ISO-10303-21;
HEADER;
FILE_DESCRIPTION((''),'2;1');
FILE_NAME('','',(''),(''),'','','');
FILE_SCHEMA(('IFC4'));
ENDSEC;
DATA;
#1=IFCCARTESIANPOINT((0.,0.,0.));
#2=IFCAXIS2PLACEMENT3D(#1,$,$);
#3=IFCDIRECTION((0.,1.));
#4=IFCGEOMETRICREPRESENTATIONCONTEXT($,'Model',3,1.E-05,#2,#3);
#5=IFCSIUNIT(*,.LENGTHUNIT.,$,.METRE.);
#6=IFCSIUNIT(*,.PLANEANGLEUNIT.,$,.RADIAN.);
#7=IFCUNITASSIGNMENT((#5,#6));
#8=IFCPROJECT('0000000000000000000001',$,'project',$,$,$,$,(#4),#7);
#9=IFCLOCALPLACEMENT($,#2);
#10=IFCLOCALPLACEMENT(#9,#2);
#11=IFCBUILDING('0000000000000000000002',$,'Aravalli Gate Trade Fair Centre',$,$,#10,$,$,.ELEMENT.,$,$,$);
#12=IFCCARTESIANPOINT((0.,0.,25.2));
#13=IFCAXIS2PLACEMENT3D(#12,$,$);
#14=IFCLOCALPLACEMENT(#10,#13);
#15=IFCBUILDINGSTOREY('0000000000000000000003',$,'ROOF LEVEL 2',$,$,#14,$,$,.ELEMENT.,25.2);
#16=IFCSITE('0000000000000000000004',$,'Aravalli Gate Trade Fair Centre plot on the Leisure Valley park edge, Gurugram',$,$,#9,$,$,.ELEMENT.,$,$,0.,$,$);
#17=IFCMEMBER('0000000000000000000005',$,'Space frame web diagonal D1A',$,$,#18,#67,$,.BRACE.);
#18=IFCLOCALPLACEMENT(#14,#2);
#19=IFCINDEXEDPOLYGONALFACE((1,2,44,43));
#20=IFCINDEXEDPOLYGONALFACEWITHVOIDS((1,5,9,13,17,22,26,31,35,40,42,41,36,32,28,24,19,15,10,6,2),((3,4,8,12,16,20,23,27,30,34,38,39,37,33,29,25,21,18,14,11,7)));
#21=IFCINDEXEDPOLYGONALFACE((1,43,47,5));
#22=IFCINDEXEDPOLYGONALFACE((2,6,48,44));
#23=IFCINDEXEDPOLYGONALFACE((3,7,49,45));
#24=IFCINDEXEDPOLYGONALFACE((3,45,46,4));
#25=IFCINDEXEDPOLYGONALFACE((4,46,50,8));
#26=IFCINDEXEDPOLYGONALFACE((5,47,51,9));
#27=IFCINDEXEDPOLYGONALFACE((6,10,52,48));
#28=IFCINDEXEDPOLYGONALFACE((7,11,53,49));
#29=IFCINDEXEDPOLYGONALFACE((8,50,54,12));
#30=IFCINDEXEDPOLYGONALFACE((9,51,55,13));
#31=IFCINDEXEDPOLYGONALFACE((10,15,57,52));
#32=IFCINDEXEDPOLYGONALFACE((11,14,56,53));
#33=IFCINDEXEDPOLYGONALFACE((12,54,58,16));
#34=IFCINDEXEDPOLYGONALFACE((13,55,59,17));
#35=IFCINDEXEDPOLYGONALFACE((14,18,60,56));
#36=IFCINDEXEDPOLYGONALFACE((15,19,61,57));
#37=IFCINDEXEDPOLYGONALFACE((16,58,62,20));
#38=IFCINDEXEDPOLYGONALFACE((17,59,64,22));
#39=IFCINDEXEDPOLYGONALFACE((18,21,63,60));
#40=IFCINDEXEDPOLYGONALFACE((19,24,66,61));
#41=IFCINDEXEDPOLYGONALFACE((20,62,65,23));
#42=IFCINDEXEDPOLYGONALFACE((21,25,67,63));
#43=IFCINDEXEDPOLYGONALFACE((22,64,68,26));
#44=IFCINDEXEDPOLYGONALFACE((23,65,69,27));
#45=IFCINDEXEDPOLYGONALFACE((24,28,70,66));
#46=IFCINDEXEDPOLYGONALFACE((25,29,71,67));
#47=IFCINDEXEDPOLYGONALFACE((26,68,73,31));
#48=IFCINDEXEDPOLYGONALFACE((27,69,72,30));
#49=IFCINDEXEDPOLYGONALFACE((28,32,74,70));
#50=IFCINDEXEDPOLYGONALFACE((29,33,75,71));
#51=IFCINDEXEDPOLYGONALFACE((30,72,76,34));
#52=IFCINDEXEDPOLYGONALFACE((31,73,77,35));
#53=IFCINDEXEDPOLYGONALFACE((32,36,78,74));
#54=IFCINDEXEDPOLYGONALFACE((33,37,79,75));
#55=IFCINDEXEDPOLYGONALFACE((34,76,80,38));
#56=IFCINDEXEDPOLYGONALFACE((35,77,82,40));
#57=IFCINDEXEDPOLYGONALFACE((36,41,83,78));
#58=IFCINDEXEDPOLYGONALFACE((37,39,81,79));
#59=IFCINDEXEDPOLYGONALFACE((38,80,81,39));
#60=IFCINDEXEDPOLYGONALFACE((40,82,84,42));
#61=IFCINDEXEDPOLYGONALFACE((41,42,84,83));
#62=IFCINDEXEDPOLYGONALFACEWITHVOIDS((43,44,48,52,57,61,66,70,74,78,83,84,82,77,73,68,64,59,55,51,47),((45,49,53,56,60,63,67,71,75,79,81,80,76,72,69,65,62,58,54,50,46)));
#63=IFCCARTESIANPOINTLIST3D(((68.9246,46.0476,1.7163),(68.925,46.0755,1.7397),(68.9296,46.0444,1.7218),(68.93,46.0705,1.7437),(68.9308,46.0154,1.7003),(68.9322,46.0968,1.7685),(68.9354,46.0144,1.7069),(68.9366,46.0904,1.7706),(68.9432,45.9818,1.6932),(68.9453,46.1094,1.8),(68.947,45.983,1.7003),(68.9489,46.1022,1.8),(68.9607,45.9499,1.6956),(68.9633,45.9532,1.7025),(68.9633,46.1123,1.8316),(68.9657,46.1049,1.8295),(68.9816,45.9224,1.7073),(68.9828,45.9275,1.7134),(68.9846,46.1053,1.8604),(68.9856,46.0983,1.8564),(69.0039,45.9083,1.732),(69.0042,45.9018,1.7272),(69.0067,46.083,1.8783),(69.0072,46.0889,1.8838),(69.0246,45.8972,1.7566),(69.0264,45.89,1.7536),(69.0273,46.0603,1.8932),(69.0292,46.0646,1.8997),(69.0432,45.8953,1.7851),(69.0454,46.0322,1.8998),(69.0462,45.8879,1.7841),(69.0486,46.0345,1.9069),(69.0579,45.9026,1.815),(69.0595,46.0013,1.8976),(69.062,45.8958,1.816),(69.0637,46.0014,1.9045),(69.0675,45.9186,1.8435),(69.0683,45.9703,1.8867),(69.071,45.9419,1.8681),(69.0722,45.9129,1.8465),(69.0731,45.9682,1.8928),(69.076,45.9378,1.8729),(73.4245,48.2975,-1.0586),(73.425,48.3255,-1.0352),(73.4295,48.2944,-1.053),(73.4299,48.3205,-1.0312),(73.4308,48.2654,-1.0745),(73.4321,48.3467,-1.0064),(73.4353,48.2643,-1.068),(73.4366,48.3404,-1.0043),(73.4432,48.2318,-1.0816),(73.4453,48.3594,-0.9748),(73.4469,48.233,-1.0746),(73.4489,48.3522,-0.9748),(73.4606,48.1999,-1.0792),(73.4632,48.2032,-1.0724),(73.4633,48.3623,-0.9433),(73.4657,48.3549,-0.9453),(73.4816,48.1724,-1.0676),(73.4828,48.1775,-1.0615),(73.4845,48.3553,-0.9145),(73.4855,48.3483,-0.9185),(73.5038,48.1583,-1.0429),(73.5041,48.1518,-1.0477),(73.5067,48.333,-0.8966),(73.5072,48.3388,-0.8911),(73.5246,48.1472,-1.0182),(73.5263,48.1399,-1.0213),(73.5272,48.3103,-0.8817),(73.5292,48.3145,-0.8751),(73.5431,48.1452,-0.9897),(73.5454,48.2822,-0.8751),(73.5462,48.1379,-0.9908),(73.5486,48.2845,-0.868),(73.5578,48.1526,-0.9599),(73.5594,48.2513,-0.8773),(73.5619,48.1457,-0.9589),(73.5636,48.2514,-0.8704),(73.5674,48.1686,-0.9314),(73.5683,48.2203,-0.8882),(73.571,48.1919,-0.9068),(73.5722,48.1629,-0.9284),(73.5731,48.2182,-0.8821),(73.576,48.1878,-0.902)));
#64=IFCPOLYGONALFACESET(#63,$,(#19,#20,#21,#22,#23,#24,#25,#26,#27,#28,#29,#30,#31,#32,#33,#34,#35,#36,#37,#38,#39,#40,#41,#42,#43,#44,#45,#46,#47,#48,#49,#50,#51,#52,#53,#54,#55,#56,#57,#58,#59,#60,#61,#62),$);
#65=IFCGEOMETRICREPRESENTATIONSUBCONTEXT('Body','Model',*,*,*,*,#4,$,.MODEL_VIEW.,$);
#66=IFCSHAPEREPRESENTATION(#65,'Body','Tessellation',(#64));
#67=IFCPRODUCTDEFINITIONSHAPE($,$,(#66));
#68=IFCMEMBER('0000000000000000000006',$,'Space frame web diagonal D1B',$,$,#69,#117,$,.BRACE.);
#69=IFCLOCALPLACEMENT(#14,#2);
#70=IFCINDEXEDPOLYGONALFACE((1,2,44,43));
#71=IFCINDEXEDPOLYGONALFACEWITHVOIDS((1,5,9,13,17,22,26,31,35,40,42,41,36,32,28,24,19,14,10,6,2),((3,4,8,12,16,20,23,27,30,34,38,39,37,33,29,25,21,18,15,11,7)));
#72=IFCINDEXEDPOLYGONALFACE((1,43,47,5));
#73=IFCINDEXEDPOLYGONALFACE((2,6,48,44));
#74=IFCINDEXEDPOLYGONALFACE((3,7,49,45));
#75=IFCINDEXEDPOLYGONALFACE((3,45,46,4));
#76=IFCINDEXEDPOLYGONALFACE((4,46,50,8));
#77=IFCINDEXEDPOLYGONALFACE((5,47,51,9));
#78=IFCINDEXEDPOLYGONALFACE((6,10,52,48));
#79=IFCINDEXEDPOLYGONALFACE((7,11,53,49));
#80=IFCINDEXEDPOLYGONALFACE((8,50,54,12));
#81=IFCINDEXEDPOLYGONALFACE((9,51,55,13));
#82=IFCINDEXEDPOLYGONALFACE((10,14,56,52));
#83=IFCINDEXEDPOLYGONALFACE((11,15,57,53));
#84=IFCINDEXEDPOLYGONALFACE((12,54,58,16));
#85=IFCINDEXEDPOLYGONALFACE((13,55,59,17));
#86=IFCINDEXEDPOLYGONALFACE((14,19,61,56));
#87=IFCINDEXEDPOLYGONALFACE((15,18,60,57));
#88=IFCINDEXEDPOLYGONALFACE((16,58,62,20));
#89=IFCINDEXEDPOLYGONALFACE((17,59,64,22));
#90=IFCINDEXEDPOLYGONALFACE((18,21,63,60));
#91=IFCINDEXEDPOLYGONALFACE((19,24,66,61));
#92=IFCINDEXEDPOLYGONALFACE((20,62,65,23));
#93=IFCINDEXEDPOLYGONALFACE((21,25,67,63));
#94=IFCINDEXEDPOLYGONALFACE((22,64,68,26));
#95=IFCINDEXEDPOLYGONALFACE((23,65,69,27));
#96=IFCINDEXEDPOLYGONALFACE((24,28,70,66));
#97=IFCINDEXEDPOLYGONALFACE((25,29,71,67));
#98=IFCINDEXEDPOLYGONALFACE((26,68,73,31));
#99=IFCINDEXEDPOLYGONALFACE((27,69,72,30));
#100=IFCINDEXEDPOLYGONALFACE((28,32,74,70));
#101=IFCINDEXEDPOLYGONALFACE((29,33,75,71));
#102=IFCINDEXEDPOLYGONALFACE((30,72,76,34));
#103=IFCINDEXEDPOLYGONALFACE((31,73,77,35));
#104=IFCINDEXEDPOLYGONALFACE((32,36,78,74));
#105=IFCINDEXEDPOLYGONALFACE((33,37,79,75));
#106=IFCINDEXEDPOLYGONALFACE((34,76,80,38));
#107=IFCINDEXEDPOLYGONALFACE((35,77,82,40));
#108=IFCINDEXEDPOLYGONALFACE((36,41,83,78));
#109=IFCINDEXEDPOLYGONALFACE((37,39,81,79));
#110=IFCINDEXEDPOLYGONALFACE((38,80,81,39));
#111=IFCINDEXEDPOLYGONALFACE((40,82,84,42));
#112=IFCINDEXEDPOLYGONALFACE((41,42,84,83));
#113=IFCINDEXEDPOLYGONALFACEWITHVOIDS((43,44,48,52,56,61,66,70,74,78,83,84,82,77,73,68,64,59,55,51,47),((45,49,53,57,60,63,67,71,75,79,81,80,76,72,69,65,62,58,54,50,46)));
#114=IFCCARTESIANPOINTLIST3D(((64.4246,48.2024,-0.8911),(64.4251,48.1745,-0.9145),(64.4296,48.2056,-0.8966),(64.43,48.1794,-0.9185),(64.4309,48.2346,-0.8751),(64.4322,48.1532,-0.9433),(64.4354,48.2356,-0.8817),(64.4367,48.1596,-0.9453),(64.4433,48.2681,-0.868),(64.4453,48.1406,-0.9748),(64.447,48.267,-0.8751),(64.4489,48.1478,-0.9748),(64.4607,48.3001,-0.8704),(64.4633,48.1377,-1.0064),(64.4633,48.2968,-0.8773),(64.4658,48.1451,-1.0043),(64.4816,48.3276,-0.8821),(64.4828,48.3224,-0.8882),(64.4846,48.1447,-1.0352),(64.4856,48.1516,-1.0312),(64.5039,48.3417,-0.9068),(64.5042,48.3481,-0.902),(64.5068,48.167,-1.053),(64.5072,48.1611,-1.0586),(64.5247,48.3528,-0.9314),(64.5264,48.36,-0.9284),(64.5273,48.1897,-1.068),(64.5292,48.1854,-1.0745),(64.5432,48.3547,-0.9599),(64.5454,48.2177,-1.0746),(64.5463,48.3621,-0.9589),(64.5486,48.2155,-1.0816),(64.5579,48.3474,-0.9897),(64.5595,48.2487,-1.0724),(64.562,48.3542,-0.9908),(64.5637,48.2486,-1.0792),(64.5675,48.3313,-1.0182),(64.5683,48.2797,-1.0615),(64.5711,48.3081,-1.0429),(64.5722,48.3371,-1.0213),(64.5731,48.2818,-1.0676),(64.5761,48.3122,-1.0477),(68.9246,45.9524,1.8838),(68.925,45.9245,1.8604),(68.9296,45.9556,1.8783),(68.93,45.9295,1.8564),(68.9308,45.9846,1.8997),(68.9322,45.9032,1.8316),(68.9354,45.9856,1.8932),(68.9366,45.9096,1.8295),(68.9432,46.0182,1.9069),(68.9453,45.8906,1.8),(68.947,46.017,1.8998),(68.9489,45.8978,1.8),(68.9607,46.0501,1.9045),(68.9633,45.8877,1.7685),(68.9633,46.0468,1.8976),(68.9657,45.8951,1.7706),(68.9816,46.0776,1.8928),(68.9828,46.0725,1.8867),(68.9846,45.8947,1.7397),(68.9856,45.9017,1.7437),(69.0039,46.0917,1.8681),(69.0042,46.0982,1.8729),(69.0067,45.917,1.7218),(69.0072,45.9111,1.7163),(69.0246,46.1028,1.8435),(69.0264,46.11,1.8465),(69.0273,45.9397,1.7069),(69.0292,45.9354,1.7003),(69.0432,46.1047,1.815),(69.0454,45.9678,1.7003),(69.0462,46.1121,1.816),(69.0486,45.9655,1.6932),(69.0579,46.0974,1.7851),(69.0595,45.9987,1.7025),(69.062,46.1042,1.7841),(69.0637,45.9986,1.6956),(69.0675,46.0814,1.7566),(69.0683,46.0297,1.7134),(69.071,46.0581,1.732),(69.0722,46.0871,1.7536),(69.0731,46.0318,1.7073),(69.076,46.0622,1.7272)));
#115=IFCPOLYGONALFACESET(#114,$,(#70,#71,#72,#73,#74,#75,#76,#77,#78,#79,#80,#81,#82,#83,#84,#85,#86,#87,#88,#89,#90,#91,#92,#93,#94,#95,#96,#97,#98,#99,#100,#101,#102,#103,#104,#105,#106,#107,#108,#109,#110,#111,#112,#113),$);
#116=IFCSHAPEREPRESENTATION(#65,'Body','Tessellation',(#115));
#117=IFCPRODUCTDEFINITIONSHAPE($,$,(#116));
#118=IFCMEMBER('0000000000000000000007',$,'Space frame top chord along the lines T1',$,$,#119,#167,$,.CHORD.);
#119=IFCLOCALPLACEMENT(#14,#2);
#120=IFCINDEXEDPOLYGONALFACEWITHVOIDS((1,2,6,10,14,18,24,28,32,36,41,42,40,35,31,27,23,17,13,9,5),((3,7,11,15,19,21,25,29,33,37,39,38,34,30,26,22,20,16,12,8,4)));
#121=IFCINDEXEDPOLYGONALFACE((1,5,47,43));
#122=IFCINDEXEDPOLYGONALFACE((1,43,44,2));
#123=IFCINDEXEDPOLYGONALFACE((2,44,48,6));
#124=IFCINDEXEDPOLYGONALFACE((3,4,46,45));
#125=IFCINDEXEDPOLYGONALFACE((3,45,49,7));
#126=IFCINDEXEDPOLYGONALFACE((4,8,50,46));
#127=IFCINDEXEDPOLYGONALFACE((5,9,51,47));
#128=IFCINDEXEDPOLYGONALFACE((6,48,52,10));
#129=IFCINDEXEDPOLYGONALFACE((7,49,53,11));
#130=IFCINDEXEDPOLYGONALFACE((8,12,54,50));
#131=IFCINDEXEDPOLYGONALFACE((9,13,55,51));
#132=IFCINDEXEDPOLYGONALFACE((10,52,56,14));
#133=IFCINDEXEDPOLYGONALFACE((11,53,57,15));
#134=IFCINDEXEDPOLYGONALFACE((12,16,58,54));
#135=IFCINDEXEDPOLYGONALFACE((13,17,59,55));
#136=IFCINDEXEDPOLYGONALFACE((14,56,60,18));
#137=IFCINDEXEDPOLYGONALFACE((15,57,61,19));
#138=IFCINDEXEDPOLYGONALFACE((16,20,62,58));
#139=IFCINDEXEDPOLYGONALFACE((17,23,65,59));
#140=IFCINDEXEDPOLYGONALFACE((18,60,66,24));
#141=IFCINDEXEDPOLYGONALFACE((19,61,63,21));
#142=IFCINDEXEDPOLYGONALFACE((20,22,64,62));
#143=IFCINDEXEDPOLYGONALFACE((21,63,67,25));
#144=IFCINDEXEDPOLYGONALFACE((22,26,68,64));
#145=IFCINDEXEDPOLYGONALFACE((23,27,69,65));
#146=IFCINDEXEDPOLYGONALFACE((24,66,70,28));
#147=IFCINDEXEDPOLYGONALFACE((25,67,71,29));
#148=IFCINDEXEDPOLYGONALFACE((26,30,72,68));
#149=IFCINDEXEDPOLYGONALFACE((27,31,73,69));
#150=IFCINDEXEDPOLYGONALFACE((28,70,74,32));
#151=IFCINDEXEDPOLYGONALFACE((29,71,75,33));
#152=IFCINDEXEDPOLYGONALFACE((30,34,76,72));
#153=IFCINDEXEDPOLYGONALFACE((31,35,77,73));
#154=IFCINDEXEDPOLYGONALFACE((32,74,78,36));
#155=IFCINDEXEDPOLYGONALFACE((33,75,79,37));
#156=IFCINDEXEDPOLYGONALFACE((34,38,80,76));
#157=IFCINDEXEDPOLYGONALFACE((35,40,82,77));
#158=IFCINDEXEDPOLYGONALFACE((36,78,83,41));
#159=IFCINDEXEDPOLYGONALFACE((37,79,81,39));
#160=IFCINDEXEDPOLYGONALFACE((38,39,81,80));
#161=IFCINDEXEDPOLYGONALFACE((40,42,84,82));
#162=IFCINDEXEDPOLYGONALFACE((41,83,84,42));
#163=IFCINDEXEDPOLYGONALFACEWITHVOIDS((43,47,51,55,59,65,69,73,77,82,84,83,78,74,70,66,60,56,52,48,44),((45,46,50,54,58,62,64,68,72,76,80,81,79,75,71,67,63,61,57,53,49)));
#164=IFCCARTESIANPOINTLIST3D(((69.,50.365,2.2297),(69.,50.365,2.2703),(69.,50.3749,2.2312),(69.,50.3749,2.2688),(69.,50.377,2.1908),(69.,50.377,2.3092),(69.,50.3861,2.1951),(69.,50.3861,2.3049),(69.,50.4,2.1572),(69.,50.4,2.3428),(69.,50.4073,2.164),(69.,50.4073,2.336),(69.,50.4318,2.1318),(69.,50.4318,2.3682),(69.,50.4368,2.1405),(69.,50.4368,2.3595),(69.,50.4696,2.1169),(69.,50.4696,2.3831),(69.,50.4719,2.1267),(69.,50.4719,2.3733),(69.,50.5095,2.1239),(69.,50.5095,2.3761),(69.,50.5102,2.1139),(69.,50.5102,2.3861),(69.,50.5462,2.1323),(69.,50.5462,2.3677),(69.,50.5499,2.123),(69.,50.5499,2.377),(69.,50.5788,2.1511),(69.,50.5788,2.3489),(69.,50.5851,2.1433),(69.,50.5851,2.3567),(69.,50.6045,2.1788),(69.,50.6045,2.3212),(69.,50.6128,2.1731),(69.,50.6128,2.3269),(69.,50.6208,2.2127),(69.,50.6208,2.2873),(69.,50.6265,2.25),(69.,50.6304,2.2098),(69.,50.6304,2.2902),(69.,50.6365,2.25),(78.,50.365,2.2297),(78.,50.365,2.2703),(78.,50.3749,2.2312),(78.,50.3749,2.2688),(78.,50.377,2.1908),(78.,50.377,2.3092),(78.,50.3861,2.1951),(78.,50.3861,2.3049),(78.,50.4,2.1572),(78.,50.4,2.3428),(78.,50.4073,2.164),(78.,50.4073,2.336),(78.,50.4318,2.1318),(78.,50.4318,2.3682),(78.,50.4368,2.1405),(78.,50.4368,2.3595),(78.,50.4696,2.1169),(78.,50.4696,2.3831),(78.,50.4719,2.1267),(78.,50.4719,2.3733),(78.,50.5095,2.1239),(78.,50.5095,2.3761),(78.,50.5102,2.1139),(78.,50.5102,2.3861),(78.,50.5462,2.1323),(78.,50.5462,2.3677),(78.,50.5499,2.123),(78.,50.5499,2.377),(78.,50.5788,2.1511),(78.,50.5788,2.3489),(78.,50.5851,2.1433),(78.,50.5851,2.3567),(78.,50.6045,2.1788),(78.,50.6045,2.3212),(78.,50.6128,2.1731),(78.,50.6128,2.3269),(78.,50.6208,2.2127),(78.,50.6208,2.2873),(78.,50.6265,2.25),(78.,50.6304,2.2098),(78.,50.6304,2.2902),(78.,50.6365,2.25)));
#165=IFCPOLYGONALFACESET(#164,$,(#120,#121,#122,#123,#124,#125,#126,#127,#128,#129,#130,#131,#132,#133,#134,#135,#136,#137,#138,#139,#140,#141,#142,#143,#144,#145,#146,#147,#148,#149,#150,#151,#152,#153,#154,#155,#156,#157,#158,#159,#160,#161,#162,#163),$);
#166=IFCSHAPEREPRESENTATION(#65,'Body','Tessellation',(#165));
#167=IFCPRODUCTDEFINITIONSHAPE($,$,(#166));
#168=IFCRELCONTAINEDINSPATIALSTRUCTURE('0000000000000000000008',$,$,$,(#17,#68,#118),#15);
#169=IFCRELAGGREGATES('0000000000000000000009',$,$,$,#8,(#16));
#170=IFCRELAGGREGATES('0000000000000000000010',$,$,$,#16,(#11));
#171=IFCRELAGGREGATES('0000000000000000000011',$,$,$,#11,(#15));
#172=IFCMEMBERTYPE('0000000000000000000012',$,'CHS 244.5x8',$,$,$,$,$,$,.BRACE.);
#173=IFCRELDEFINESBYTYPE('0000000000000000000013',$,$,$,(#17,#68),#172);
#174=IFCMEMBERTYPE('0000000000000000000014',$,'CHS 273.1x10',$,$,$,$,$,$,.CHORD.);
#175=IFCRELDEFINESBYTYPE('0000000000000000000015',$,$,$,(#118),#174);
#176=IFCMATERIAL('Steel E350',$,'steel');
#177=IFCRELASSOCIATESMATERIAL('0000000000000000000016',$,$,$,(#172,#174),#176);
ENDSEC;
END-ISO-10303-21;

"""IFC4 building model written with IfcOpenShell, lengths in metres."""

from ifc_helpers import new_model, si_unit, direction, frame, origin, origin_2d, place, context, subcontext, project, spatial, hollow_circle, extrude, material, material_profile, profile_set, type_object, element, save


model = new_model("IFC4")

# Units and contexts
model_context = context("Model", 3, precision=1e-05, world=origin(), true_north=direction((0.0, 1.0)))
body_context = subcontext(model_context, "Body", "Model", "MODEL_VIEW")
ifc_project = project(units=[si_unit("LENGTHUNIT", "METRE"), si_unit("PLANEANGLEUNIT", "RADIAN")], contexts=[model_context])

# Site, building, storey
site_placement = place(None, origin())
site = spatial("IfcSite", under=ifc_project, at=site_placement, Name="Aravalli Gate Trade Fair Centre plot on the Leisure Valley park edge, Gurugram", CompositionType="ELEMENT", RefElevation=0.0)
building_placement = place(site_placement, origin())
building = spatial("IfcBuilding", under=site, at=building_placement, Name="Aravalli Gate Trade Fair Centre", CompositionType="ELEMENT")
storey_placement = place(building_placement, frame((0.0, 0.0, 25.2)))
storey = spatial("IfcBuildingStorey", under=building, at=storey_placement, Name="ROOF LEVEL 2", CompositionType="ELEMENT", Elevation=25.2)

# Members
ifc_material_1 = material(Name="Steel E350", Category="steel")
ifc_material_profile_1 = material_profile(ifc_material_1, hollow_circle(Radius=0.1223, WallThickness=0.0081, at=origin_2d()), Name="CHS 244.5x8")
ifc_profile_set_1 = profile_set([ifc_material_profile_1], Name="Steel E350")
member_type_1 = type_object("IfcMemberType", Name="CHS 244.5x8", PredefinedType="BRACE", material=ifc_profile_set_1)
for number, where, z_axis, x_axis, name in (
    (1, (69.0, 46.0, 1.8), (0.7832, 0.3916, -0.482956), (-0.447214, 0.894427, 0.0), "Space frame web diagonal D1A"),
    (2, (69.0, 46.0, 1.8), (-0.7832, 0.3916, -0.482956), (-0.447214, -0.894427, 0.0), "Space frame web diagonal D1B"),
):
    element("IfcMember", number, at=place(storey_placement, frame(where, z_axis=z_axis, x_axis=x_axis)), inside=storey, type_object=member_type_1, Name=name, PredefinedType="BRACE", context=body_context, shape_type="SweptSolid", body=[
        extrude(hollow_circle(Radius=0.1223, WallThickness=0.0081, at=origin_2d()), origin(), (0.0, 0.0, 1.0), 5.7456),
    ])
ifc_material_profile_2 = material_profile(ifc_material_1, hollow_circle(Radius=0.1365, WallThickness=0.01, at=origin_2d()), Name="CHS 273.1x10")
ifc_profile_set_2 = profile_set([ifc_material_profile_2], Name="Steel E350")
member_type_2 = type_object("IfcMemberType", Name="CHS 273.1x10", PredefinedType="CHORD", material=ifc_profile_set_2)
member_1_placement = place(storey_placement, frame((69.0, 50.5, 2.25), z_axis=(1.0, 0.0, 0.0), x_axis=(0.0, 1.0, 0.0)))
element("IfcMember", 3, at=member_1_placement, inside=storey, type_object=member_type_2, Name="Space frame top chord along the lines T1", PredefinedType="CHORD", context=body_context, shape_type="SweptSolid", body=[
    extrude(hollow_circle(Radius=0.1365, WallThickness=0.01, at=origin_2d()), origin(), (0.0, 0.0, 1.0), 9.0),
])

save(model, "model.ifc")
